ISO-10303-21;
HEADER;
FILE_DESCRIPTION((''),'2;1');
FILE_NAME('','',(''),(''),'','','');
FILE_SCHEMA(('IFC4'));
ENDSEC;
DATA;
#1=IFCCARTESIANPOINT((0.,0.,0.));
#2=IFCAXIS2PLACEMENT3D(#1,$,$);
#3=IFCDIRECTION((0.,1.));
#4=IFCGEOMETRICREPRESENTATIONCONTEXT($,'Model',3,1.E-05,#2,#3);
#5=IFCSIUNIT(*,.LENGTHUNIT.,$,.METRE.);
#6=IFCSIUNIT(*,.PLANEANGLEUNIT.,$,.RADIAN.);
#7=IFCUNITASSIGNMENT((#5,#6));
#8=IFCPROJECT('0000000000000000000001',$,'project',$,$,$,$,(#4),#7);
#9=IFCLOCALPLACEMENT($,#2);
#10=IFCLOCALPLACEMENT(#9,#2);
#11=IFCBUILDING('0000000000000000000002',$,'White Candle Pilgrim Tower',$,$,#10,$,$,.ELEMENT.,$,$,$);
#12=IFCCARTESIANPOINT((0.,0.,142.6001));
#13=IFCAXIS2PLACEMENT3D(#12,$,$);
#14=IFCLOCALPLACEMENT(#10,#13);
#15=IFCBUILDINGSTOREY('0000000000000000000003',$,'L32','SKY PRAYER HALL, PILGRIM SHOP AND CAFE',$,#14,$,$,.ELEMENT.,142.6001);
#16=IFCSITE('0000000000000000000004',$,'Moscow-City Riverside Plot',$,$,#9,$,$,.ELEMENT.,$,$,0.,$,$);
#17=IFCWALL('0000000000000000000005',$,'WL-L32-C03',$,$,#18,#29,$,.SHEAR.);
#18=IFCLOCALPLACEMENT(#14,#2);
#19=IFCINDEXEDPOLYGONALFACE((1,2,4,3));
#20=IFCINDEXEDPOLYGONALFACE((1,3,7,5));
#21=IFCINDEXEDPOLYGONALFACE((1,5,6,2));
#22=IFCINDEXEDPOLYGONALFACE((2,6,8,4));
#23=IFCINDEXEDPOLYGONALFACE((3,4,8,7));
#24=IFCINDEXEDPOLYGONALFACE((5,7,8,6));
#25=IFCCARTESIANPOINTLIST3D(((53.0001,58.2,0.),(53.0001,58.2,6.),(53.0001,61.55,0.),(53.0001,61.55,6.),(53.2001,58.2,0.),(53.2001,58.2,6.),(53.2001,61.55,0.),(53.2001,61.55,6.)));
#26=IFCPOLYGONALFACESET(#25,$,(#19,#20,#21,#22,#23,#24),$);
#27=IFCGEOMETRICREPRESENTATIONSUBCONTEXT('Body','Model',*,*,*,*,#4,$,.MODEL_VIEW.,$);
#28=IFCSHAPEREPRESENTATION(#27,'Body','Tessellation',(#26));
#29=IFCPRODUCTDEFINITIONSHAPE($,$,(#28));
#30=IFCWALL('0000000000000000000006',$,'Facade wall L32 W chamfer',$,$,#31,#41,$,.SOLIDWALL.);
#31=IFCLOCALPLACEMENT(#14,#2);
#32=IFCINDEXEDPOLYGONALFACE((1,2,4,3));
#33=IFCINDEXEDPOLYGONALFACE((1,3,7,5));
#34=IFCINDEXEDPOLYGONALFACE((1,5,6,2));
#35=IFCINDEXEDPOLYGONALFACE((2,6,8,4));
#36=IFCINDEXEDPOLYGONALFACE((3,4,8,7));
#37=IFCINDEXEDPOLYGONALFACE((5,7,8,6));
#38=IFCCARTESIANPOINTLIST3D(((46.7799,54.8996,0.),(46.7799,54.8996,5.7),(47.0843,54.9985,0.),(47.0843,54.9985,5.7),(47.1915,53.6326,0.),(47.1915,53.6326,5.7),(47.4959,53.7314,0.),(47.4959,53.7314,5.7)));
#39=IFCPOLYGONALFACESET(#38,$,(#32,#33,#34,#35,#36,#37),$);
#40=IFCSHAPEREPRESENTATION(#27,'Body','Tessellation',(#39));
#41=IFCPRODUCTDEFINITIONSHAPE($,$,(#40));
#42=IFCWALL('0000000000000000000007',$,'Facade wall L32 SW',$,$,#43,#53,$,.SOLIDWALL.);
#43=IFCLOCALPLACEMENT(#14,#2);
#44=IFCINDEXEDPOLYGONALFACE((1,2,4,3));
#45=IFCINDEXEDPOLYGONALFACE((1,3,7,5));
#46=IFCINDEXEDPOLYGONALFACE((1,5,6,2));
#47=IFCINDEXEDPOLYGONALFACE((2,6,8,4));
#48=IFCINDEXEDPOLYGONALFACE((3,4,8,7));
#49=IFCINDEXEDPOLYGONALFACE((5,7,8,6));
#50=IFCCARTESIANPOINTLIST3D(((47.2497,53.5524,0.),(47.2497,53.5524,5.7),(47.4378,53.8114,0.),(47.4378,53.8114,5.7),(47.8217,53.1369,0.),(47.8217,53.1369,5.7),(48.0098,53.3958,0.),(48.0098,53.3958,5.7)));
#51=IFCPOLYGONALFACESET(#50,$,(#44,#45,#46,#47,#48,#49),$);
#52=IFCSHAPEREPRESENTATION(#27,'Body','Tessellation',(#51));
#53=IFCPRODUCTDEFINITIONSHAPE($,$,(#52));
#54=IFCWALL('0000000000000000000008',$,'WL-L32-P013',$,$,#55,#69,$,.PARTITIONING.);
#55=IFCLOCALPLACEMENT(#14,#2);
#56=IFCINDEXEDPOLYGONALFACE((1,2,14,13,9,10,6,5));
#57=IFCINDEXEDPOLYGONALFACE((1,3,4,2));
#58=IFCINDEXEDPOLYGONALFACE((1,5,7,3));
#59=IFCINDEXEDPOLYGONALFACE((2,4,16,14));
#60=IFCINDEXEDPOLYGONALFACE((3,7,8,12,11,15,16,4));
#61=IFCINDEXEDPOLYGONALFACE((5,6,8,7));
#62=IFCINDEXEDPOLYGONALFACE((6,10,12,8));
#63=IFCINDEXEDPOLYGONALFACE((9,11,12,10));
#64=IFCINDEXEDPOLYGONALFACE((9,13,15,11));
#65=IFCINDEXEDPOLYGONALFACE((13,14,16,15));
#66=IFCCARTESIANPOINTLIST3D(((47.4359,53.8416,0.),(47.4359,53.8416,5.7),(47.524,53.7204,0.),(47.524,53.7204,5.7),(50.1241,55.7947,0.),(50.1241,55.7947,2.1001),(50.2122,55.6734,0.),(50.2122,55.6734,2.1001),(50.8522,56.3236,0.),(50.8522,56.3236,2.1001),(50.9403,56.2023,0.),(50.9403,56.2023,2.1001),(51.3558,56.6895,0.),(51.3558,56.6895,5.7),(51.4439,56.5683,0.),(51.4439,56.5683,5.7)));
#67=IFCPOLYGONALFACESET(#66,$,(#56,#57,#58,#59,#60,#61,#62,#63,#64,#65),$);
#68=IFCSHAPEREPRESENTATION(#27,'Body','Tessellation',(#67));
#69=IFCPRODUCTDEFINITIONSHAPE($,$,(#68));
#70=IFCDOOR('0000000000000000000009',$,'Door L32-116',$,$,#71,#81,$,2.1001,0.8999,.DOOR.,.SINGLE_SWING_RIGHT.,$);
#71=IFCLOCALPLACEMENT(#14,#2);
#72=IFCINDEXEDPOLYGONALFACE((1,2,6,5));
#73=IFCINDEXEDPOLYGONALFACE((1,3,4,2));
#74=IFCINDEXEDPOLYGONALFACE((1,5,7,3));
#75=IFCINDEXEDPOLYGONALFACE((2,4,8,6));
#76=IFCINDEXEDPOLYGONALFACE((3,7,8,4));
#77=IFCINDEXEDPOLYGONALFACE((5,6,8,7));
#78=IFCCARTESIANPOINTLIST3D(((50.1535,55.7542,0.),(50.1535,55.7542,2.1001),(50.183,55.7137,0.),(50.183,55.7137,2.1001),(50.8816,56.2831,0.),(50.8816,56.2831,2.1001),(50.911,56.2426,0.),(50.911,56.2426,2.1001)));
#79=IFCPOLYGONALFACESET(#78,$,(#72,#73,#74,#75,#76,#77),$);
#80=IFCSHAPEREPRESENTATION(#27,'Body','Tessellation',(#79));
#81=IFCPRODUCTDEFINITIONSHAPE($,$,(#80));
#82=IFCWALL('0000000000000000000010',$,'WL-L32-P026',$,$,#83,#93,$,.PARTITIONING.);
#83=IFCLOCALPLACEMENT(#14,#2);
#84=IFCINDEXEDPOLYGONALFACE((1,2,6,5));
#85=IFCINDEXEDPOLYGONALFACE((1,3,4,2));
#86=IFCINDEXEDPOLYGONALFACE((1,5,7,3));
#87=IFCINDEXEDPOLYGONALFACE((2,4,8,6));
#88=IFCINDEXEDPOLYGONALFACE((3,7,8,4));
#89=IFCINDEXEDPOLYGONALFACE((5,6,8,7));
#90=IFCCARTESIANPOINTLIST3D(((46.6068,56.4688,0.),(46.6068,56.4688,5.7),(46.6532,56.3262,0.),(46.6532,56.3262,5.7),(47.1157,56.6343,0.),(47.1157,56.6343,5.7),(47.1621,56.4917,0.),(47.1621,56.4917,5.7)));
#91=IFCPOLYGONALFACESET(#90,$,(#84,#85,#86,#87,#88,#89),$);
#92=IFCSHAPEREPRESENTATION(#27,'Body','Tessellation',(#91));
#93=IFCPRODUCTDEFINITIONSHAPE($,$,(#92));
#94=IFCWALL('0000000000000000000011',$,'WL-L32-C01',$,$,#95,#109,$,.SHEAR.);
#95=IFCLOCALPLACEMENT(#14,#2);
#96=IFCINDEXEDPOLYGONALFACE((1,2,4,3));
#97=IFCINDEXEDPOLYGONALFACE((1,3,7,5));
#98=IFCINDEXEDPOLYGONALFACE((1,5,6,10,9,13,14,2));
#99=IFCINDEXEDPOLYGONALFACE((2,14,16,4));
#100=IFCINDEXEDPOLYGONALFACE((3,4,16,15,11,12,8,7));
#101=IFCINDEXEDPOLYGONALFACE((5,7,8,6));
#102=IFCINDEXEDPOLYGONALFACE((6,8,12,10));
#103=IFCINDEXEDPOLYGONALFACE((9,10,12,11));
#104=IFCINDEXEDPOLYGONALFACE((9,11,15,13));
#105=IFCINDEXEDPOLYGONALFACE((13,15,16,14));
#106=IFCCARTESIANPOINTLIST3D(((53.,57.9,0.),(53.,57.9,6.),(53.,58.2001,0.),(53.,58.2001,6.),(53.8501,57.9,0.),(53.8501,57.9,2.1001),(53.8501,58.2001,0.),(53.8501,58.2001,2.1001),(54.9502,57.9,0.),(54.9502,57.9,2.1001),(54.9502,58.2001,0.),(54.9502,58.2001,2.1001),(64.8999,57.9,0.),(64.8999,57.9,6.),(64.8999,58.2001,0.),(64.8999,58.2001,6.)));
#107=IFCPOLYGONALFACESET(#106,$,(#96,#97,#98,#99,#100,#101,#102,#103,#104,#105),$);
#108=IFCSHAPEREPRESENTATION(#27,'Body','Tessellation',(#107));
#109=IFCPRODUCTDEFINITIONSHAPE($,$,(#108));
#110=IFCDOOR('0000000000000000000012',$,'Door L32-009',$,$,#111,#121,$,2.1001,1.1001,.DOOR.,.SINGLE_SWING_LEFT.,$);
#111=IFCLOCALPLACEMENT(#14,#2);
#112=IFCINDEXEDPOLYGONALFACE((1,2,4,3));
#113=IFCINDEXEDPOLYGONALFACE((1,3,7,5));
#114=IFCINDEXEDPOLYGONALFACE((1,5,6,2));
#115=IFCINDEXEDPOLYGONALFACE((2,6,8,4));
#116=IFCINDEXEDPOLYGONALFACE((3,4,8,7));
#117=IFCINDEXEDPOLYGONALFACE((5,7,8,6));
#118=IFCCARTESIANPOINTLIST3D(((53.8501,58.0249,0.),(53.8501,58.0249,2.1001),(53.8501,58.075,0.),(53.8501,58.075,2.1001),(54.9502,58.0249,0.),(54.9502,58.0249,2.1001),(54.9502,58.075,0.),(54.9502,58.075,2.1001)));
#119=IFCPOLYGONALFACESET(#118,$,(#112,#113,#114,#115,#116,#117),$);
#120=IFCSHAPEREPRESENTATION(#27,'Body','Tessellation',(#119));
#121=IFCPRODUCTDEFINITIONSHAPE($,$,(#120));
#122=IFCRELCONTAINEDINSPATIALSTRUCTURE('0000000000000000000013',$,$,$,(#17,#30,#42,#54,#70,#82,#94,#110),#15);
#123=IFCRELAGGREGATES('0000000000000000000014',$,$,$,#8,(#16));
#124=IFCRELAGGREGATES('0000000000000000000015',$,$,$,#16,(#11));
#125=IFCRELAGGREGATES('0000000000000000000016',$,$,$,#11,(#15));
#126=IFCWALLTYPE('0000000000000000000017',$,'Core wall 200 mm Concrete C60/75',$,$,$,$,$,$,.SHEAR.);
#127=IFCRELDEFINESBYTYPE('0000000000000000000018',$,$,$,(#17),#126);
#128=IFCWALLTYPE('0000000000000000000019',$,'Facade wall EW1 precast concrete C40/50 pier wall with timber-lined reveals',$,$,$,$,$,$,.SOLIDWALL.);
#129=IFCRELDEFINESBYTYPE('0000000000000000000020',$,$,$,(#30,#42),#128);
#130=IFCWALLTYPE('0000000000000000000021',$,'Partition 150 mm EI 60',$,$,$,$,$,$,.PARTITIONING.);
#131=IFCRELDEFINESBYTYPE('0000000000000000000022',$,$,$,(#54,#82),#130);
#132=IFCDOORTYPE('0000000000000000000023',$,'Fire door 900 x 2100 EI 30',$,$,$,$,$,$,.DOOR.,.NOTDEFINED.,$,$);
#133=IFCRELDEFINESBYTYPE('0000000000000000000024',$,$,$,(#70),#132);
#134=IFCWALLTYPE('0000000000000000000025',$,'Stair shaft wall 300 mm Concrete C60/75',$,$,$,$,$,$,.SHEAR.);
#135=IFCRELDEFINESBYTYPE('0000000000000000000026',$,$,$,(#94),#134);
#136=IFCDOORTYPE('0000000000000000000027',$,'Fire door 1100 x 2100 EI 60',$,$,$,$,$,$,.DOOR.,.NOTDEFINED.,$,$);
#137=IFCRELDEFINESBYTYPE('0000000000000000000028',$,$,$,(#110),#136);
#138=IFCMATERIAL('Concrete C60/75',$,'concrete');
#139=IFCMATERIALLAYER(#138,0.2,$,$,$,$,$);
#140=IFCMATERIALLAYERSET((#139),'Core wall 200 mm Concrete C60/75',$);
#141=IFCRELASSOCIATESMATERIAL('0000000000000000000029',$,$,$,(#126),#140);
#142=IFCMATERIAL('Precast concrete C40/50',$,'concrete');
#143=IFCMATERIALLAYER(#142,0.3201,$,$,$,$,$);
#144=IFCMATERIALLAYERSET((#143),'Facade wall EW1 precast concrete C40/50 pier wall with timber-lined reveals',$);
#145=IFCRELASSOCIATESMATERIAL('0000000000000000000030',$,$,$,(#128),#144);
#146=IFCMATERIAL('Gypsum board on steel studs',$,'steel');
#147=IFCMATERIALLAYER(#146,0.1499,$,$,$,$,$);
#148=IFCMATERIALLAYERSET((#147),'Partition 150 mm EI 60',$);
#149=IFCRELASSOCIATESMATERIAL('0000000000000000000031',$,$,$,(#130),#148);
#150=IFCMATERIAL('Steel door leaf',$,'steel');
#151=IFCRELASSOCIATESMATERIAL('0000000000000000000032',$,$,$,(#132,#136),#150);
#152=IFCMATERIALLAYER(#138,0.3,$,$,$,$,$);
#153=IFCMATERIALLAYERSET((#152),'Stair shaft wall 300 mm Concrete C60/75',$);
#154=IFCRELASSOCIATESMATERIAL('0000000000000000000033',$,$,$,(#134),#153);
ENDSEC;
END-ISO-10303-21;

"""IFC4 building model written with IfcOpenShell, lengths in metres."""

from ifc_helpers import new_model, si_unit, direction, frame, frame_2d, origin, place, context, subcontext, project, spatial, rectangle, extrude, material, layer, layer_set, type_object, element, fill, save


model = new_model("IFC4")

# Units and contexts
model_context = context("Model", 3, precision=1e-05, world=origin(), true_north=direction((0.0, 1.0)))
body_context = subcontext(model_context, "Body", "Model", "MODEL_VIEW")
ifc_project = project(units=[si_unit("LENGTHUNIT", "METRE"), si_unit("PLANEANGLEUNIT", "RADIAN")], contexts=[model_context])

# Site, building, storey
site_placement = place(None, origin())
site = spatial("IfcSite", under=ifc_project, at=site_placement, Name="Moscow-City Riverside Plot", CompositionType="ELEMENT", RefElevation=0.0)
building_placement = place(site_placement, origin())
building = spatial("IfcBuilding", under=site, at=building_placement, Name="White Candle Pilgrim Tower", CompositionType="ELEMENT")
storey_placement = place(building_placement, frame((0.0, 0.0, 142.6001)))
storey = spatial("IfcBuildingStorey", under=building, at=storey_placement, Name="L32", Description="SKY PRAYER HALL, PILGRIM SHOP AND CAFE", CompositionType="ELEMENT", Elevation=142.6001)

# Walls
ifc_material_1 = material(Name="Concrete C60/75", Category="concrete")
ifc_layer_1 = layer(ifc_material_1, 0.2)
ifc_layer_set_1 = layer_set([ifc_layer_1], Name="Core wall 200 mm Concrete C60/75")
wall_type_1 = type_object("IfcWallType", Name="Core wall 200 mm Concrete C60/75", PredefinedType="SHEAR", material=ifc_layer_set_1)
wall_1_placement = place(storey_placement, frame((53.1001, 58.2, 0.0), z_axis=(0.0, 0.0, 1.0), x_axis=(0.0, 1.0, 0.0)))
element("IfcWall", 1, at=wall_1_placement, inside=storey, type_object=wall_type_1, Name="WL-L32-C03", PredefinedType="SHEAR", context=body_context, shape_type="SweptSolid", body=[
    extrude(rectangle(XDim=3.3501, YDim=0.2, at=frame_2d((1.675, 0.0))), origin(), (0.0, 0.0, 1.0), 6.0),
])
ifc_material_2 = material(Name="Precast concrete C40/50", Category="concrete")
ifc_layer_2 = layer(ifc_material_2, 0.3201)
ifc_layer_set_2 = layer_set([ifc_layer_2], Name="Facade wall EW1 precast concrete C40/50 pier wall with timber-lined reveals")
wall_type_2 = type_object("IfcWallType", Name="Facade wall EW1 precast concrete C40/50 pier wall with timber-lined reveals", PredefinedType="SOLIDWALL", material=ifc_layer_set_2)
wall_2_placement = place(storey_placement, frame((46.9321, 54.949, 0.0), z_axis=(0.0, 0.0, 1.0), x_axis=(0.308962, -0.951074, 0.0)))
element("IfcWall", 2, at=wall_2_placement, inside=storey, type_object=wall_type_2, Name="Facade wall L32 W chamfer", PredefinedType="SOLIDWALL", context=body_context, shape_type="SweptSolid", body=[
    extrude(rectangle(XDim=1.3323, YDim=0.3201, at=frame_2d((0.666, 0.0))), origin(), (0.0, 0.0, 1.0), 5.7),
])
wall_3_placement = place(storey_placement, frame((47.3438, 53.6819, 0.0), z_axis=(0.0, 0.0, 1.0), x_axis=(0.809064, -0.58772, 0.0)))
element("IfcWall", 3, at=wall_3_placement, inside=storey, type_object=wall_type_2, Name="Facade wall L32 SW", PredefinedType="SOLIDWALL", context=body_context, shape_type="SweptSolid", body=[
    extrude(rectangle(XDim=0.707, YDim=0.3201, at=frame_2d((0.3535, 0.0))), origin(), (0.0, 0.0, 1.0), 5.7),
])

# Wall, opening, door
ifc_material_3 = material(Name="Gypsum board on steel studs", Category="steel")
ifc_layer_3 = layer(ifc_material_3, 0.1499)
ifc_layer_set_3 = layer_set([ifc_layer_3], Name="Partition 150 mm EI 60")
wall_type_3 = type_object("IfcWallType", Name="Partition 150 mm EI 60", PredefinedType="PARTITIONING", material=ifc_layer_set_3)
wall_4_placement = place(storey_placement, frame((47.48, 53.781, 0.0), z_axis=(0.0, 0.0, 1.0), x_axis=(0.809026, 0.587773, 0.0)))
wall_4 = element("IfcWall", 4, at=wall_4_placement, inside=storey, type_object=wall_type_3, Name="WL-L32-P013", PredefinedType="PARTITIONING", context=body_context, shape_type="SweptSolid", body=[
    extrude(rectangle(XDim=4.8452, YDim=0.1499, at=frame_2d((2.4226, 0.0))), origin(), (0.0, 0.0, 1.0), 5.7),
])
opening_1_placement = place(wall_4_placement, frame((3.3228, 0.0, 0.0)))
opening_1 = element("IfcOpeningElement", 5, at=opening_1_placement, cuts=wall_4, PredefinedType="OPENING", context=body_context, shape_type="SweptSolid", body=[
    extrude(rectangle(XDim=0.8999, YDim=2.1001, at=frame_2d((0.45, 1.05))), frame((0.0, 0.085, 0.0), z_axis=(0.0, -1.0, 0.0), x_axis=(1.0, 0.0, 0.0)), (0.0, 0.0, 1.0), 0.1699),
])
ifc_material_4 = material(Name="Steel door leaf", Category="steel")
door_type_1 = type_object("IfcDoorType", Name="Fire door 900 x 2100 EI 30", OperationType="NOTDEFINED", PredefinedType="DOOR", material=ifc_material_4)
door_1_placement = place(opening_1_placement, origin())
door_1 = element("IfcDoor", 6, at=door_1_placement, inside=storey, type_object=door_type_1, Name="Door L32-116", OperationType="SINGLE_SWING_RIGHT", OverallHeight=2.1001, OverallWidth=0.8999, PredefinedType="DOOR", context=body_context, shape_type="SweptSolid", body=[
    extrude(rectangle(XDim=0.8999, YDim=2.1001, at=frame_2d((0.45, 1.05))), frame((0.0, 0.0249, 0.0), z_axis=(0.0, -1.0, 0.0), x_axis=(1.0, 0.0, 0.0)), (0.0, 0.0, 1.0), 0.05),
])
fill(opening_1, door_1)

# Wall
wall_5_placement = place(storey_placement, frame((47.1389, 56.563, 0.0), z_axis=(0.0, 0.0, 1.0), x_axis=(-0.950984, -0.309241, 0.0)))
element("IfcWall", 7, at=wall_5_placement, inside=storey, type_object=wall_type_3, Name="WL-L32-P026", PredefinedType="PARTITIONING", context=body_context, shape_type="SweptSolid", body=[
    extrude(rectangle(XDim=0.5352, YDim=0.1499, at=frame_2d((0.2676, 0.0))), origin(), (0.0, 0.0, 1.0), 5.7),
])

# Wall, opening, door
ifc_layer_4 = layer(ifc_material_1, 0.3)
ifc_layer_set_4 = layer_set([ifc_layer_4], Name="Stair shaft wall 300 mm Concrete C60/75")
wall_type_4 = type_object("IfcWallType", Name="Stair shaft wall 300 mm Concrete C60/75", PredefinedType="SHEAR", material=ifc_layer_set_4)
wall_6_placement = place(storey_placement, frame((53.0, 58.05, 0.0), z_axis=(0.0, 0.0, 1.0), x_axis=(1.0, 0.0, 0.0)))
wall_6 = element("IfcWall", 8, at=wall_6_placement, inside=storey, type_object=wall_type_4, Name="WL-L32-C01", PredefinedType="SHEAR", context=body_context, shape_type="SweptSolid", body=[
    extrude(rectangle(XDim=11.8999, YDim=0.3, at=frame_2d((5.95, 0.0))), origin(), (0.0, 0.0, 1.0), 6.0),
])
opening_2_placement = place(wall_6_placement, frame((0.8501, 0.0, 0.0)))
opening_2 = element("IfcOpeningElement", 9, at=opening_2_placement, cuts=wall_6, PredefinedType="OPENING", context=body_context, shape_type="SweptSolid", body=[
    extrude(rectangle(XDim=1.1001, YDim=2.1001, at=frame_2d((0.55, 1.05))), frame((0.0, 0.1599, 0.0), z_axis=(0.0, -1.0, 0.0), x_axis=(1.0, 0.0, 0.0)), (0.0, 0.0, 1.0), 0.3201),
])
door_type_2 = type_object("IfcDoorType", Name="Fire door 1100 x 2100 EI 60", OperationType="NOTDEFINED", PredefinedType="DOOR", material=ifc_material_4)
door_2_placement = place(opening_2_placement, origin())
door_2 = element("IfcDoor", 10, at=door_2_placement, inside=storey, type_object=door_type_2, Name="Door L32-009", OperationType="SINGLE_SWING_LEFT", OverallHeight=2.1001, OverallWidth=1.1001, PredefinedType="DOOR", context=body_context, shape_type="SweptSolid", body=[
    extrude(rectangle(XDim=1.1001, YDim=2.1001, at=frame_2d((0.55, 1.05))), frame((0.0, 0.0249, 0.0), z_axis=(0.0, -1.0, 0.0), x_axis=(1.0, 0.0, 0.0)), (0.0, 0.0, 1.0), 0.05),
])
fill(opening_2, door_2)

save(model, "model.ifc")
